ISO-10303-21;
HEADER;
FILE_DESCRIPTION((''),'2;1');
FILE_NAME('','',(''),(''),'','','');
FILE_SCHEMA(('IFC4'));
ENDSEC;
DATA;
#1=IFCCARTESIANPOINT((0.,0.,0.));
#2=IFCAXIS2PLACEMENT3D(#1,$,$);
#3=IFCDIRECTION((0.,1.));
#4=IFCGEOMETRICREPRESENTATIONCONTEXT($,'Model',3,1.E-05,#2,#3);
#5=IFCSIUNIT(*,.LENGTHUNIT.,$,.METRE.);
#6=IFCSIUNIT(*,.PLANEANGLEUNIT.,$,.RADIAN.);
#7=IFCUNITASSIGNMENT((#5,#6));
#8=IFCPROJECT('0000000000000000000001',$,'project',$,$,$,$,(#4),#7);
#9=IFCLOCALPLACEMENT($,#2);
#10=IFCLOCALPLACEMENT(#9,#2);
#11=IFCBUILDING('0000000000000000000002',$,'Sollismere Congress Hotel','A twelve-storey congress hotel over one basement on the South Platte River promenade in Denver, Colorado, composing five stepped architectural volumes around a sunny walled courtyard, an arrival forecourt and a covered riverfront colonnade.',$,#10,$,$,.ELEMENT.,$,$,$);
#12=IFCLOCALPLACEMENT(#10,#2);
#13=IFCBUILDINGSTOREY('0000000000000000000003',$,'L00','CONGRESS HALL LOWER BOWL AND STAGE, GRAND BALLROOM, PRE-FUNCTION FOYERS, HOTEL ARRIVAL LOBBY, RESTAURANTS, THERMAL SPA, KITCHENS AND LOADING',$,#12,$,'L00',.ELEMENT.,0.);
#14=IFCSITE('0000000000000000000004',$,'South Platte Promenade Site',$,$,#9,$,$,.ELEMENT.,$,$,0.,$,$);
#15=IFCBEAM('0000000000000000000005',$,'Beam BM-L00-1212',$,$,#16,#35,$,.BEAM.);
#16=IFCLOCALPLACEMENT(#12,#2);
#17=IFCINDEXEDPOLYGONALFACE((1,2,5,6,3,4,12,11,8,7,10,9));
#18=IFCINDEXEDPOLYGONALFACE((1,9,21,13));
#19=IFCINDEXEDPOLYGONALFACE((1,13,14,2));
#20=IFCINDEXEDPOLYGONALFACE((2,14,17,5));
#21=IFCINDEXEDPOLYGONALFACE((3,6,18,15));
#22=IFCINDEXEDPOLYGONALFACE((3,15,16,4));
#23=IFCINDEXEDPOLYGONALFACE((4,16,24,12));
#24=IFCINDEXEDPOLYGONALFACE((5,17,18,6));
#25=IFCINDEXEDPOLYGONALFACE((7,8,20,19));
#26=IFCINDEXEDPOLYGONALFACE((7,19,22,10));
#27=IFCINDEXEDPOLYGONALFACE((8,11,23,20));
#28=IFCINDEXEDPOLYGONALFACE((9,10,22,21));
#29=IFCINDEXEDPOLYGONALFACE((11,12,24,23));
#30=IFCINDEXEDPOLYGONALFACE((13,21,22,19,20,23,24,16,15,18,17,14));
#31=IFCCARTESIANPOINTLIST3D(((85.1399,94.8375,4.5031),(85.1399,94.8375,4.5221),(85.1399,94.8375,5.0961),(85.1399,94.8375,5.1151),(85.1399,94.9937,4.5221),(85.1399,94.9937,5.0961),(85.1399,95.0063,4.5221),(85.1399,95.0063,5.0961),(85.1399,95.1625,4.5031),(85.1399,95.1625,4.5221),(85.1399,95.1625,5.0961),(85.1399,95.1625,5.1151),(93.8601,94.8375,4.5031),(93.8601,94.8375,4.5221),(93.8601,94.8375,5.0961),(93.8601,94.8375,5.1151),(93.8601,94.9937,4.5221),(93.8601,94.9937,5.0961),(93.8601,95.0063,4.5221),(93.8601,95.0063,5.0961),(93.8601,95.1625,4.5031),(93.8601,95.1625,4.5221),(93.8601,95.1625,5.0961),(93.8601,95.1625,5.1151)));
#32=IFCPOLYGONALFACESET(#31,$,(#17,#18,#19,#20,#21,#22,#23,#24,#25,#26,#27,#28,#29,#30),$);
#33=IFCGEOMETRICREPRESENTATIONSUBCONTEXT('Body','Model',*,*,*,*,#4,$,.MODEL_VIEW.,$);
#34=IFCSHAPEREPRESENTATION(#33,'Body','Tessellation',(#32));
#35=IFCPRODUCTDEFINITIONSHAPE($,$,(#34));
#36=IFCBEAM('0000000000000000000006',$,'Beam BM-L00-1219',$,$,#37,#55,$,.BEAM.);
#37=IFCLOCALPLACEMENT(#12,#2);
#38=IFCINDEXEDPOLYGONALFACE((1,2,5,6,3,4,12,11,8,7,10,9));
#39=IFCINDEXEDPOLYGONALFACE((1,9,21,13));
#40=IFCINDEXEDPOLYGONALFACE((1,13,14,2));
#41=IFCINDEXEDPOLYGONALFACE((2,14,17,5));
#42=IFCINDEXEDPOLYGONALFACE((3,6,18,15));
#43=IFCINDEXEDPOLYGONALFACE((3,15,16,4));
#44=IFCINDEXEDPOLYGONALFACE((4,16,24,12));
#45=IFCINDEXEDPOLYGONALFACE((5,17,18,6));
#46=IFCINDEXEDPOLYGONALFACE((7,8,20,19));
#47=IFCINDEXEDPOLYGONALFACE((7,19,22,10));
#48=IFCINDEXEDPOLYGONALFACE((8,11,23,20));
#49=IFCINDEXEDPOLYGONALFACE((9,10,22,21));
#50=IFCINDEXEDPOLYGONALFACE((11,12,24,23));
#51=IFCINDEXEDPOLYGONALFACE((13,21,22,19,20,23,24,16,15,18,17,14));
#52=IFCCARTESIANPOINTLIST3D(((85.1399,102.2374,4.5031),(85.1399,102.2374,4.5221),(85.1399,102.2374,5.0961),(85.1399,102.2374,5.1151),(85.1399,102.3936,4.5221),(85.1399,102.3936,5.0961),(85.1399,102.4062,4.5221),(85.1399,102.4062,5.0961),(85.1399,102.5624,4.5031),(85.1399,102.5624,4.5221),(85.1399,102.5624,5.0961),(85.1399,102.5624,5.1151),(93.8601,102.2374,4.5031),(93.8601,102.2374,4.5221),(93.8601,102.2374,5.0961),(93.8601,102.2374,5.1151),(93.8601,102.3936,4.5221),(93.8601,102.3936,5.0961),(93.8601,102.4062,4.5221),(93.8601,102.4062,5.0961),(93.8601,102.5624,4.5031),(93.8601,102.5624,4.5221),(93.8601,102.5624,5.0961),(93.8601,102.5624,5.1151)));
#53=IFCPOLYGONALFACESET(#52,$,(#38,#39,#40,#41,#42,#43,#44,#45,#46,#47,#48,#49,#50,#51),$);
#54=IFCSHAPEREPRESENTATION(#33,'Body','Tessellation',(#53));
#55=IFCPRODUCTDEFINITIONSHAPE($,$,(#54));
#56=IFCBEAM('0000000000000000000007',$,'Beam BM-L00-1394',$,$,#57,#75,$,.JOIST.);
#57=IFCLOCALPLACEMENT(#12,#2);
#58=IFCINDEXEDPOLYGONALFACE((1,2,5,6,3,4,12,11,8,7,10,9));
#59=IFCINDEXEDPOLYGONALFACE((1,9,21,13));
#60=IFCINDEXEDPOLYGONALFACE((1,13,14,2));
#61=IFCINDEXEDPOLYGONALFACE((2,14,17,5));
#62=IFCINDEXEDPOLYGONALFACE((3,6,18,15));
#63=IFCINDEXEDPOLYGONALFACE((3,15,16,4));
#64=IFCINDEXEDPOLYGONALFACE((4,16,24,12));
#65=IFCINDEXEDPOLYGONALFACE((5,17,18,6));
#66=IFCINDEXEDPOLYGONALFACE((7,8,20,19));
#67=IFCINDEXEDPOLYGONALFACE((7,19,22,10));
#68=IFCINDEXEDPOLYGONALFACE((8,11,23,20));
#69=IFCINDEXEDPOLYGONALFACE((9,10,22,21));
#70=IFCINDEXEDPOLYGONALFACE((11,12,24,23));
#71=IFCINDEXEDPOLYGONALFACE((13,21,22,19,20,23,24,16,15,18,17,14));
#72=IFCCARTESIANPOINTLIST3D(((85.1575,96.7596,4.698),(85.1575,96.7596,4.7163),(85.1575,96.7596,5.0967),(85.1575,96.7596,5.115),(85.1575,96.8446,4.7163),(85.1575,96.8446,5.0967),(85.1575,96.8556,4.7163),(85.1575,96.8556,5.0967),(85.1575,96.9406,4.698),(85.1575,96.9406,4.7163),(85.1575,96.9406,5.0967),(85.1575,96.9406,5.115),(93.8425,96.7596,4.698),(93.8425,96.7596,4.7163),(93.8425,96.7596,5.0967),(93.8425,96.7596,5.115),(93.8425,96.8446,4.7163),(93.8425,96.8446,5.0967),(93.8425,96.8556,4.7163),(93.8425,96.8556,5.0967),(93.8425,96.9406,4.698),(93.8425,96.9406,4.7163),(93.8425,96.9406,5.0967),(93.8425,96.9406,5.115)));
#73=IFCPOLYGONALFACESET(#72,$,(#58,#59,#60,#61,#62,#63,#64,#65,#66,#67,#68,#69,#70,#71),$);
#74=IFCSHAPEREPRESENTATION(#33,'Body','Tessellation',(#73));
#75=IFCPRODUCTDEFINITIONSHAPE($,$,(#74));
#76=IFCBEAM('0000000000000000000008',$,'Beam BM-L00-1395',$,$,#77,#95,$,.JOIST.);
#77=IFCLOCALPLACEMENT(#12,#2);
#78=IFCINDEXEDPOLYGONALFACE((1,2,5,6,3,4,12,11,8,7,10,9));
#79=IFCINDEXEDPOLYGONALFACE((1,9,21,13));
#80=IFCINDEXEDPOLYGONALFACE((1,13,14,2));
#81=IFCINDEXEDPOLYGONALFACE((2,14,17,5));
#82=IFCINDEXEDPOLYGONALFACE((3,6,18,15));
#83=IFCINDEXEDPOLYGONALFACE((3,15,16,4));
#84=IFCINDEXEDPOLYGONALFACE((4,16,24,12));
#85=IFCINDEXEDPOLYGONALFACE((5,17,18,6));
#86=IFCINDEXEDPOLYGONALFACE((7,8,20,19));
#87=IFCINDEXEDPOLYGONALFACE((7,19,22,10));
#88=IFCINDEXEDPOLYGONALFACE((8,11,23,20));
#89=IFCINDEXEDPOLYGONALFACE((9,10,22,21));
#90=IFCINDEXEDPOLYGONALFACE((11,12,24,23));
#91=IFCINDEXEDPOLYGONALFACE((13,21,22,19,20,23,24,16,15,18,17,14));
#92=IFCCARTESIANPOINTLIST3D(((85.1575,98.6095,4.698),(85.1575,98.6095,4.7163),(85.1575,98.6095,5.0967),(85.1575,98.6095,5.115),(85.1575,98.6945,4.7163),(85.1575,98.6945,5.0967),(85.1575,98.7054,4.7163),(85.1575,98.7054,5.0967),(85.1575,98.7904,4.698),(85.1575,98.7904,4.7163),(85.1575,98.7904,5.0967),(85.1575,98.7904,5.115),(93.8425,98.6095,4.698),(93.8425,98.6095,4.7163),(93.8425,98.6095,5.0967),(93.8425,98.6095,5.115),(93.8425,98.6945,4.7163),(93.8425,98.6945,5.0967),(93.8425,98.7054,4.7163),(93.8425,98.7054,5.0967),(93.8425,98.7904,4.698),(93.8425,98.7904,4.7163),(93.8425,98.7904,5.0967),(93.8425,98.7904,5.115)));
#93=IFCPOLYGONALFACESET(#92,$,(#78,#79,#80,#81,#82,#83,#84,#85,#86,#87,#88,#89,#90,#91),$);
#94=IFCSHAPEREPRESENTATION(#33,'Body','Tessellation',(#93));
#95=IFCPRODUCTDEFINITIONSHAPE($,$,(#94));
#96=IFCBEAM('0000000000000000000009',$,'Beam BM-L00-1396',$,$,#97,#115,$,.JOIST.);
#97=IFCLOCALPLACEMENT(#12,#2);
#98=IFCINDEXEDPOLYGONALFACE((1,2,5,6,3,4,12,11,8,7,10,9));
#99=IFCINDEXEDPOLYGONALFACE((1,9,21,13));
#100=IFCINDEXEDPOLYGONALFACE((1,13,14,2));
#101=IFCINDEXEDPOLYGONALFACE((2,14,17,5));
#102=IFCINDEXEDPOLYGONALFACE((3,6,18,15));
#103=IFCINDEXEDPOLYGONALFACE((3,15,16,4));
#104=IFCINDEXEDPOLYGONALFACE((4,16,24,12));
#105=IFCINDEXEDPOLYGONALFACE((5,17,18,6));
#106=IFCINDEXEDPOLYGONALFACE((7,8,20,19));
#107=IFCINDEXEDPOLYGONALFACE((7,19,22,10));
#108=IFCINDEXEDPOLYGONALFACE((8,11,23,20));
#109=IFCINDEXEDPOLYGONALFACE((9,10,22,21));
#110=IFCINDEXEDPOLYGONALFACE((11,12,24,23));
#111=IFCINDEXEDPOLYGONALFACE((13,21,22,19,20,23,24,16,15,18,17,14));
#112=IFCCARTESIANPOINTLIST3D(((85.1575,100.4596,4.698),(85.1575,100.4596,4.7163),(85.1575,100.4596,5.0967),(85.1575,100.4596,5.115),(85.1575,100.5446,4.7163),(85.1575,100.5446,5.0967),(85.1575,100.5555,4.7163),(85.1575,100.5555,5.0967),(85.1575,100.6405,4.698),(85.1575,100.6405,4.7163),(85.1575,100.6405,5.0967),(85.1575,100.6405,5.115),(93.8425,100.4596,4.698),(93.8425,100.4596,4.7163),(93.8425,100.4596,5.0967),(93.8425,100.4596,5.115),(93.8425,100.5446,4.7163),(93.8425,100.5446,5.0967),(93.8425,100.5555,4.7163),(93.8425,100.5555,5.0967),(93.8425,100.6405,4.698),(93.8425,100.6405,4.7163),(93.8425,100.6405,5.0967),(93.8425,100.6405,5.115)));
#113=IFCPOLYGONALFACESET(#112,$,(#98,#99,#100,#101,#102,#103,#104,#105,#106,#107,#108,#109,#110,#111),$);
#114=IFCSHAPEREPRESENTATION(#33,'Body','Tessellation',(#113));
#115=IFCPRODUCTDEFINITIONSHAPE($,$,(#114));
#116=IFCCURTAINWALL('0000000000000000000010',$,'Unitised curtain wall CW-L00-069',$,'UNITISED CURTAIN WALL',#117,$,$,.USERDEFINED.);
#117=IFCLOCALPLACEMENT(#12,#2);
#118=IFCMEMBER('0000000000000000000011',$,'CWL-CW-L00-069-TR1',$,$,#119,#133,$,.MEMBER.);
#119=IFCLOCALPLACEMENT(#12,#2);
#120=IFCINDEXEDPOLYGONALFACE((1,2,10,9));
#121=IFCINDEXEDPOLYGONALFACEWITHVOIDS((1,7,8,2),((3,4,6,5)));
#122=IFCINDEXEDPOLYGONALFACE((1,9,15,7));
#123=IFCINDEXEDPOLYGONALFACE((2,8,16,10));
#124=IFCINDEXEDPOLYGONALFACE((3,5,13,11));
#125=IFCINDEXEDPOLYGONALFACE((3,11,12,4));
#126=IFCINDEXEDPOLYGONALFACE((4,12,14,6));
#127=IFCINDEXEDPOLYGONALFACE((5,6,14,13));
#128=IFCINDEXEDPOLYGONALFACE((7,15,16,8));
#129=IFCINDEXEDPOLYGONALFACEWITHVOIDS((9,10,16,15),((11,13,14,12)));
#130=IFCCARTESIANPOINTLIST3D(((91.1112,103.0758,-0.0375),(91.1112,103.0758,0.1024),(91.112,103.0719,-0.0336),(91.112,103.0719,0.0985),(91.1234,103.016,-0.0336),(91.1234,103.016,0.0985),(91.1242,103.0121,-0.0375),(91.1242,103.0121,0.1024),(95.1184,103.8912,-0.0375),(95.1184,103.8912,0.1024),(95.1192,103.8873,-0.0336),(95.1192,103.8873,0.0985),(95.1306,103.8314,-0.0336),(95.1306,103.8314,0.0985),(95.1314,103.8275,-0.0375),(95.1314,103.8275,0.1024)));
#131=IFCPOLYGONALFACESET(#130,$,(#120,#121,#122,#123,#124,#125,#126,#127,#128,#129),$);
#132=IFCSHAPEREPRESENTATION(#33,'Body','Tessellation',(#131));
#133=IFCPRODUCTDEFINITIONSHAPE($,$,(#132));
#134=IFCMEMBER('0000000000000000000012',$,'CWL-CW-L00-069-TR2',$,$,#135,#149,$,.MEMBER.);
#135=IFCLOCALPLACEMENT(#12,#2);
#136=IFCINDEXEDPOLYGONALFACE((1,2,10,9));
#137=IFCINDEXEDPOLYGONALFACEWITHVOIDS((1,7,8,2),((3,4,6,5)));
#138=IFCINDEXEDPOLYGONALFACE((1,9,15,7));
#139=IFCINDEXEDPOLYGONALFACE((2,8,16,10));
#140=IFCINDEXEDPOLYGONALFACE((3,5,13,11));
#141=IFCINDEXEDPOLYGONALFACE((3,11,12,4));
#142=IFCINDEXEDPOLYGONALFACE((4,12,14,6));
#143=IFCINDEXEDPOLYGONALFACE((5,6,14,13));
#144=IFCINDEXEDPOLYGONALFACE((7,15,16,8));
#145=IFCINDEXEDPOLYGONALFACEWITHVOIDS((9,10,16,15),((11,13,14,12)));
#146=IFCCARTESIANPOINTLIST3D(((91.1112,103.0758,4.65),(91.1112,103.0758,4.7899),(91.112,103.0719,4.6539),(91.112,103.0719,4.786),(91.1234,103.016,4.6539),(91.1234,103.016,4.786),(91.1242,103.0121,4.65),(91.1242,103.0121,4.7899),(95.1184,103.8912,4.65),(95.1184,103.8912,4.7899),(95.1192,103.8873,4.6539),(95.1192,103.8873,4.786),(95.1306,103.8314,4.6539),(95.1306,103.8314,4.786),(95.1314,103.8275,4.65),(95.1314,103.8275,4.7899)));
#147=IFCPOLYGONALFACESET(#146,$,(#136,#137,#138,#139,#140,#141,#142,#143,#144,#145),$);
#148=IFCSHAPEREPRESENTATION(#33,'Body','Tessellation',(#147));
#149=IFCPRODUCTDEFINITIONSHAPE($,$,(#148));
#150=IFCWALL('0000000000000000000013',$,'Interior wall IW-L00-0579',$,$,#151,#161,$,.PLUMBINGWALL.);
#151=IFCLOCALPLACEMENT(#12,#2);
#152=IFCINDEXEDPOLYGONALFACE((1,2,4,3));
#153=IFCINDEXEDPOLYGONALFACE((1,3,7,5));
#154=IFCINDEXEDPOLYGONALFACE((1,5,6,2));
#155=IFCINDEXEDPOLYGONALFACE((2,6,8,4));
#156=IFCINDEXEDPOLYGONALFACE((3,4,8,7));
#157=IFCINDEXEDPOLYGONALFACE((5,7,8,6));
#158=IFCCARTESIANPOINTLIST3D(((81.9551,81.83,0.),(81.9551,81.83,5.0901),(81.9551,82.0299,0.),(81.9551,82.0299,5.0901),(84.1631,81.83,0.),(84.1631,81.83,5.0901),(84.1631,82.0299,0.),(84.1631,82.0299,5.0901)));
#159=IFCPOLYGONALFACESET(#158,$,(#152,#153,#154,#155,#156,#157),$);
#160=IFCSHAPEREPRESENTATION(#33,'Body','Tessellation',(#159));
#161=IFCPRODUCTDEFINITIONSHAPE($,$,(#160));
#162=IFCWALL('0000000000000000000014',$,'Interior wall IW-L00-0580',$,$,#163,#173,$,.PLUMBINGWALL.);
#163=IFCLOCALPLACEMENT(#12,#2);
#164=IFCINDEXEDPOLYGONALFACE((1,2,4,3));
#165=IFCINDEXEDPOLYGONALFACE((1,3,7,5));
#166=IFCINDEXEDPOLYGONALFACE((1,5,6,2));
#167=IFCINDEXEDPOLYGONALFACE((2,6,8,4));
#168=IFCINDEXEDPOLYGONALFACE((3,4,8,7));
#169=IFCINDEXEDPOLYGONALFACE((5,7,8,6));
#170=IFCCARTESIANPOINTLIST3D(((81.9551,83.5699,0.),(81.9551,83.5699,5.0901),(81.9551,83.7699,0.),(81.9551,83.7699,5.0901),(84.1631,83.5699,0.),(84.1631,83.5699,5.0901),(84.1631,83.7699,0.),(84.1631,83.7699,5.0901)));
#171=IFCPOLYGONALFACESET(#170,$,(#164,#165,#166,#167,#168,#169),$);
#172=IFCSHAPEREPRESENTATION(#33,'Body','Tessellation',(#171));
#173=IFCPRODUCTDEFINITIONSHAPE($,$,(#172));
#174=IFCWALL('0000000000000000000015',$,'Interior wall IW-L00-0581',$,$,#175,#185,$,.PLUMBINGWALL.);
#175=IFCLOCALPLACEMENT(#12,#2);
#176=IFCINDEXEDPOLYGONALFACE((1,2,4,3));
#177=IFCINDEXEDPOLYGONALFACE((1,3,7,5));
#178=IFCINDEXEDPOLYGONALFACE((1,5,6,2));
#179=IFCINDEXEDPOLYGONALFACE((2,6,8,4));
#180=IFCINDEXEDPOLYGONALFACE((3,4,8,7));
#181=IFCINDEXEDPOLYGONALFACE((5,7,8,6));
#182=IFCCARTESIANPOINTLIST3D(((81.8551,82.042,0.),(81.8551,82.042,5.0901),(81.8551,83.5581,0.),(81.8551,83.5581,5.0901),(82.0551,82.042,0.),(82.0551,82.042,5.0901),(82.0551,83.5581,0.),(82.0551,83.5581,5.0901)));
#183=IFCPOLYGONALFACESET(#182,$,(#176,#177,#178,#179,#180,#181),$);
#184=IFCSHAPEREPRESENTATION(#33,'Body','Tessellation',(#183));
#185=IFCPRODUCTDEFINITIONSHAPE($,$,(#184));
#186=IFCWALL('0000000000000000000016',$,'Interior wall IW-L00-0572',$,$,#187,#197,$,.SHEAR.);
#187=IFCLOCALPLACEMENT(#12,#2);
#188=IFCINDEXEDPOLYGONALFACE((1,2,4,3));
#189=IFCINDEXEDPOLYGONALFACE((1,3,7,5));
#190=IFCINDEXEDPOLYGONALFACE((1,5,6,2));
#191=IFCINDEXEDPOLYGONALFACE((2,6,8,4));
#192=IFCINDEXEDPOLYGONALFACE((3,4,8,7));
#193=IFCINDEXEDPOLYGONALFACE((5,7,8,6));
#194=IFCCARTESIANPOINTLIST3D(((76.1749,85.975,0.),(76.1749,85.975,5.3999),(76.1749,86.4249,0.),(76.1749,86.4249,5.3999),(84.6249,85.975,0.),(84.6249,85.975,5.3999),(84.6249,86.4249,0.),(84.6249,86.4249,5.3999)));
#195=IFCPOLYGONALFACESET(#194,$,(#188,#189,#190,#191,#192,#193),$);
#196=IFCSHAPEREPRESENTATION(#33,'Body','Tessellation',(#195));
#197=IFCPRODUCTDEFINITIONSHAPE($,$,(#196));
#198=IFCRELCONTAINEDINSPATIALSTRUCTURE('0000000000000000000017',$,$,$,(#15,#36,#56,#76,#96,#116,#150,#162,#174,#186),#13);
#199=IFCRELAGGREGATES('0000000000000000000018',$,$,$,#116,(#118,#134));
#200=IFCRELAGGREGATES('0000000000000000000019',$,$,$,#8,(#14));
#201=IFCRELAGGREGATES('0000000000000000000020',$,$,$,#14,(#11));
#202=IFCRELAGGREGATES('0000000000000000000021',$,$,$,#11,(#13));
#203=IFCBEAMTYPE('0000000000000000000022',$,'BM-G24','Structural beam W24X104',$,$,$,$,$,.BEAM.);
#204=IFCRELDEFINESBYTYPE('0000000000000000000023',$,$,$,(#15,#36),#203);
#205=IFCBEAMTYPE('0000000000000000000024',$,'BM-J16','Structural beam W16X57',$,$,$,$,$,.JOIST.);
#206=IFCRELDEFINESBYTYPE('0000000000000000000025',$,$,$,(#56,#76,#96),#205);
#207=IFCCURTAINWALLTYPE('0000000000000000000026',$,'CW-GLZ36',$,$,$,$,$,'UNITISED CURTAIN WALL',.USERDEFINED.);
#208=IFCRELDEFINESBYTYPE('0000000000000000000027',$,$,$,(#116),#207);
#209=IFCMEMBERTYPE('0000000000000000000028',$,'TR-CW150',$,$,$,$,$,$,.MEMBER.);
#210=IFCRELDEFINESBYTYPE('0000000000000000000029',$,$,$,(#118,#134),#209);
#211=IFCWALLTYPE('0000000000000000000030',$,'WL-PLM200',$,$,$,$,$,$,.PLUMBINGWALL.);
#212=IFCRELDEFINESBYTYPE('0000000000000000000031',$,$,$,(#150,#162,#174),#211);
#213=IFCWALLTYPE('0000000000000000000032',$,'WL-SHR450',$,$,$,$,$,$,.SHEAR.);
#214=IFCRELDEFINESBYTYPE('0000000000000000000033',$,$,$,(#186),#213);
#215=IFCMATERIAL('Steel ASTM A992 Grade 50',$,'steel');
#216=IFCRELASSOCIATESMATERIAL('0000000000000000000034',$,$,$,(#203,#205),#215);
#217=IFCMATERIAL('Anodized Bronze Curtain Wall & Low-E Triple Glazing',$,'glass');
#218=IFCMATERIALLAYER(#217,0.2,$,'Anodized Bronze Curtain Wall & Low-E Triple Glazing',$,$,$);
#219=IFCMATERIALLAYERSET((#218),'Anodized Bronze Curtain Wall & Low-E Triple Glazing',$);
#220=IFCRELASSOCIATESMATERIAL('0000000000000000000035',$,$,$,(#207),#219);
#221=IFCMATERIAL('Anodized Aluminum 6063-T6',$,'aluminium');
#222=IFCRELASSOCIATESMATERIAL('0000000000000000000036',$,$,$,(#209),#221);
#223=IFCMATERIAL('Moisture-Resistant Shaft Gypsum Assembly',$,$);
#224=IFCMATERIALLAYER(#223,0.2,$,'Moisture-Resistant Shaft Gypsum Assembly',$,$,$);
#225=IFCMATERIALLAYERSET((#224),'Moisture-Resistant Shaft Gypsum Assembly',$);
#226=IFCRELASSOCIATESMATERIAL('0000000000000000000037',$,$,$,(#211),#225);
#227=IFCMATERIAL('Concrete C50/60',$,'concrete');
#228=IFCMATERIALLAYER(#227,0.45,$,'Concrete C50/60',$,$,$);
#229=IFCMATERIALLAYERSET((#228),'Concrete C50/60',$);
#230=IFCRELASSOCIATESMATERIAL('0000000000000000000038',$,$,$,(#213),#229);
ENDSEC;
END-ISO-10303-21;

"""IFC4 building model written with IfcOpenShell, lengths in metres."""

from ifc_helpers import new_model, si_unit, direction, frame, frame_2d, origin, origin_2d, place, context, subcontext, project, spatial, rectangle, hollow_rectangle, i_section, extrude, material, layer, layer_set, material_profile, profile_set, type_object, element, aggregate, save


model = new_model("IFC4")

# Units and contexts
model_context = context("Model", 3, precision=1e-05, world=origin(), true_north=direction((0.0, 1.0)))
body_context = subcontext(model_context, "Body", "Model", "MODEL_VIEW")
ifc_project = project(units=[si_unit("LENGTHUNIT", "METRE"), si_unit("PLANEANGLEUNIT", "RADIAN")], contexts=[model_context])

# Site, building, storey
site_placement = place(None, origin())
site = spatial("IfcSite", under=ifc_project, at=site_placement, Name="South Platte Promenade Site", CompositionType="ELEMENT", RefElevation=0.0)
building_placement = place(site_placement, origin())
building = spatial("IfcBuilding", under=site, at=building_placement, Name="Sollismere Congress Hotel", Description="A twelve-storey congress hotel over one basement on the South Platte River promenade in Denver, Colorado, composing five stepped architectural volumes around a sunny walled courtyard, an arrival forecourt and a covered riverfront colonnade.", CompositionType="ELEMENT")
storey_placement = place(building_placement, origin())
storey = spatial("IfcBuildingStorey", under=building, at=storey_placement, Name="L00", Description="CONGRESS HALL LOWER BOWL AND STAGE, GRAND BALLROOM, PRE-FUNCTION FOYERS, HOTEL ARRIVAL LOBBY, RESTAURANTS, THERMAL SPA, KITCHENS AND LOADING", LongName="L00", CompositionType="ELEMENT", Elevation=0.0)

# Shared definitions
ifc_material_1 = material(Name="Steel ASTM A992 Grade 50", Category="steel")

# Beams
ifc_material_profile_1 = material_profile(ifc_material_1, i_section(OverallWidth=0.325, OverallDepth=0.6121, WebThickness=0.0127, FlangeThickness=0.019, at=origin_2d()), Name="W24X104")
ifc_profile_set_1 = profile_set([ifc_material_profile_1], Name="Steel ASTM A992 Grade 50")
beam_type_1 = type_object("IfcBeamType", Name="BM-G24", Description="Structural beam W24X104", PredefinedType="BEAM", material=ifc_profile_set_1)
for number, where, z_axis, x_axis, name in (
    (1, (85.1399, 95.0, 4.8091), (1.0, 0.0, 0.0), (0.0, 1.0, 0.0), "Beam BM-L00-1212"),
    (2, (85.1399, 102.3999, 4.8091), (1.0, 0.0, 0.0), (0.0, 1.0, 0.0), "Beam BM-L00-1219"),
):
    element("IfcBeam", number, at=place(storey_placement, frame(where, z_axis=z_axis, x_axis=x_axis)), inside=storey, type_object=beam_type_1, Name=name, PredefinedType="BEAM", context=body_context, shape_type="SweptSolid", body=[
        extrude(i_section(OverallWidth=0.325, OverallDepth=0.6121, WebThickness=0.0127, FlangeThickness=0.019, at=origin_2d()), origin(), (0.0, 0.0, 1.0), 8.7202),
    ])
ifc_material_profile_2 = material_profile(ifc_material_1, i_section(OverallWidth=0.1809, OverallDepth=0.417, WebThickness=0.011, FlangeThickness=0.0183, at=origin_2d()), Name="W16X57")
ifc_profile_set_2 = profile_set([ifc_material_profile_2], Name="Steel ASTM A992 Grade 50")
beam_type_2 = type_object("IfcBeamType", Name="BM-J16", Description="Structural beam W16X57", PredefinedType="JOIST", material=ifc_profile_set_2)
for number, where, z_axis, x_axis, name in (
    (3, (85.1575, 96.8501, 4.9065), (1.0, 0.0, 0.0), (0.0, 1.0, 0.0), "Beam BM-L00-1394"),
    (4, (85.1575, 98.7, 4.9065), (1.0, 0.0, 0.0), (0.0, 1.0, 0.0), "Beam BM-L00-1395"),
    (5, (85.1575, 100.55, 4.9065), (1.0, 0.0, 0.0), (0.0, 1.0, 0.0), "Beam BM-L00-1396"),
):
    element("IfcBeam", number, at=place(storey_placement, frame(where, z_axis=z_axis, x_axis=x_axis)), inside=storey, type_object=beam_type_2, Name=name, PredefinedType="JOIST", context=body_context, shape_type="SweptSolid", body=[
        extrude(i_section(OverallWidth=0.1809, OverallDepth=0.417, WebThickness=0.011, FlangeThickness=0.0183, at=origin_2d()), origin(), (0.0, 0.0, 1.0), 8.6851),
    ])

# Curtain wall, members
ifc_material_2 = material(Name="Anodized Bronze Curtain Wall & Low-E Triple Glazing", Category="glass")
ifc_layer_1 = layer(ifc_material_2, 0.2, Name="Anodized Bronze Curtain Wall & Low-E Triple Glazing")
ifc_layer_set_1 = layer_set([ifc_layer_1], Name="Anodized Bronze Curtain Wall & Low-E Triple Glazing")
curtain_wall_type = type_object("IfcCurtainWallType", Name="CW-GLZ36", ElementType="UNITISED CURTAIN WALL", PredefinedType="USERDEFINED", material=ifc_layer_set_1)
curtain_wall_placement = place(storey_placement, origin())
curtain_wall = element("IfcCurtainWall", 6, at=curtain_wall_placement, inside=storey, type_object=curtain_wall_type, Name="Unitised curtain wall CW-L00-069", ObjectType="UNITISED CURTAIN WALL", PredefinedType="USERDEFINED")
ifc_material_3 = material(Name="Anodized Aluminum 6063-T6", Category="aluminium")
ifc_material_profile_3 = material_profile(ifc_material_3, hollow_rectangle(XDim=0.0649, YDim=0.1399, WallThickness=0.0039, at=origin_2d()), Name="ALU140X65X4")
ifc_profile_set_3 = profile_set([ifc_material_profile_3], Name="Anodized Aluminum 6063-T6")
member_type = type_object("IfcMemberType", Name="TR-CW150", PredefinedType="MEMBER", material=ifc_profile_set_3)
member_1_placement = place(storey_placement, frame((91.1177, 103.0439, 0.0325), z_axis=(0.979918, 0.199399, 0.0), x_axis=(-0.199399, 0.979918, 0.0)))
member_1 = element("IfcMember", 7, at=member_1_placement, type_object=member_type, Name="CWL-CW-L00-069-TR1", PredefinedType="MEMBER", context=body_context, shape_type="SweptSolid", body=[
    extrude(hollow_rectangle(XDim=0.0649, YDim=0.1399, WallThickness=0.0039, at=origin_2d()), origin(), (0.0, 0.0, 1.0), 4.0894),
])
member_2_placement = place(storey_placement, frame((91.1177, 103.0439, 4.72), z_axis=(0.979918, 0.199399, 0.0), x_axis=(-0.199399, 0.979918, 0.0)))
member_2 = element("IfcMember", 8, at=member_2_placement, type_object=member_type, Name="CWL-CW-L00-069-TR2", PredefinedType="MEMBER", context=body_context, shape_type="SweptSolid", body=[
    extrude(hollow_rectangle(XDim=0.0649, YDim=0.1399, WallThickness=0.0039, at=origin_2d()), origin(), (0.0, 0.0, 1.0), 4.0894),
])
aggregate(curtain_wall, [member_1, member_2])

# Walls
ifc_material_4 = material(Name="Moisture-Resistant Shaft Gypsum Assembly")
ifc_layer_2 = layer(ifc_material_4, 0.2, Name="Moisture-Resistant Shaft Gypsum Assembly")
ifc_layer_set_2 = layer_set([ifc_layer_2], Name="Moisture-Resistant Shaft Gypsum Assembly")
wall_type_1 = type_object("IfcWallType", Name="WL-PLM200", PredefinedType="PLUMBINGWALL", material=ifc_layer_set_2)
for number, where, z_axis, x_axis, name in (
    (9, (81.9551, 81.9299, 0.0), (0.0, 0.0, 1.0), (1.0, 0.0, 0.0), "Interior wall IW-L00-0579"),
    (10, (81.9551, 83.6699, 0.0), (0.0, 0.0, 1.0), (1.0, 0.0, 0.0), "Interior wall IW-L00-0580"),
):
    element("IfcWall", number, at=place(storey_placement, frame(where, z_axis=z_axis, x_axis=x_axis)), inside=storey, type_object=wall_type_1, Name=name, PredefinedType="PLUMBINGWALL", context=body_context, shape_type="SweptSolid", body=[
        extrude(rectangle(XDim=2.208, YDim=0.2, at=frame_2d((1.104, 0.0))), origin(), (0.0, 0.0, 1.0), 5.0901),
    ])
wall_1_placement = place(storey_placement, frame((81.9551, 82.042, 0.0), z_axis=(0.0, 0.0, 1.0), x_axis=(0.0, 1.0, 0.0)))
element("IfcWall", 11, at=wall_1_placement, inside=storey, type_object=wall_type_1, Name="Interior wall IW-L00-0581", PredefinedType="PLUMBINGWALL", context=body_context, shape_type="SweptSolid", body=[
    extrude(rectangle(XDim=1.5161, YDim=0.2, at=frame_2d((0.7581, 0.0))), origin(), (0.0, 0.0, 1.0), 5.0901),
])
ifc_material_5 = material(Name="Concrete C50/60", Category="concrete")
ifc_layer_3 = layer(ifc_material_5, 0.45, Name="Concrete C50/60")
ifc_layer_set_3 = layer_set([ifc_layer_3], Name="Concrete C50/60")
wall_type_2 = type_object("IfcWallType", Name="WL-SHR450", PredefinedType="SHEAR", material=ifc_layer_set_3)
wall_2_placement = place(storey_placement, frame((84.625, 86.2, 0.0), z_axis=(0.0, 0.0, 1.0), x_axis=(-1.0, 0.0, 0.0)))
element("IfcWall", 12, at=wall_2_placement, inside=storey, type_object=wall_type_2, Name="Interior wall IW-L00-0572", PredefinedType="SHEAR", context=body_context, shape_type="SweptSolid", body=[
    extrude(rectangle(XDim=8.45, YDim=0.45, at=frame_2d((4.2251, 0.0))), origin(), (0.0, 0.0, 1.0), 5.3999),
])

save(model, "model.ifc")
